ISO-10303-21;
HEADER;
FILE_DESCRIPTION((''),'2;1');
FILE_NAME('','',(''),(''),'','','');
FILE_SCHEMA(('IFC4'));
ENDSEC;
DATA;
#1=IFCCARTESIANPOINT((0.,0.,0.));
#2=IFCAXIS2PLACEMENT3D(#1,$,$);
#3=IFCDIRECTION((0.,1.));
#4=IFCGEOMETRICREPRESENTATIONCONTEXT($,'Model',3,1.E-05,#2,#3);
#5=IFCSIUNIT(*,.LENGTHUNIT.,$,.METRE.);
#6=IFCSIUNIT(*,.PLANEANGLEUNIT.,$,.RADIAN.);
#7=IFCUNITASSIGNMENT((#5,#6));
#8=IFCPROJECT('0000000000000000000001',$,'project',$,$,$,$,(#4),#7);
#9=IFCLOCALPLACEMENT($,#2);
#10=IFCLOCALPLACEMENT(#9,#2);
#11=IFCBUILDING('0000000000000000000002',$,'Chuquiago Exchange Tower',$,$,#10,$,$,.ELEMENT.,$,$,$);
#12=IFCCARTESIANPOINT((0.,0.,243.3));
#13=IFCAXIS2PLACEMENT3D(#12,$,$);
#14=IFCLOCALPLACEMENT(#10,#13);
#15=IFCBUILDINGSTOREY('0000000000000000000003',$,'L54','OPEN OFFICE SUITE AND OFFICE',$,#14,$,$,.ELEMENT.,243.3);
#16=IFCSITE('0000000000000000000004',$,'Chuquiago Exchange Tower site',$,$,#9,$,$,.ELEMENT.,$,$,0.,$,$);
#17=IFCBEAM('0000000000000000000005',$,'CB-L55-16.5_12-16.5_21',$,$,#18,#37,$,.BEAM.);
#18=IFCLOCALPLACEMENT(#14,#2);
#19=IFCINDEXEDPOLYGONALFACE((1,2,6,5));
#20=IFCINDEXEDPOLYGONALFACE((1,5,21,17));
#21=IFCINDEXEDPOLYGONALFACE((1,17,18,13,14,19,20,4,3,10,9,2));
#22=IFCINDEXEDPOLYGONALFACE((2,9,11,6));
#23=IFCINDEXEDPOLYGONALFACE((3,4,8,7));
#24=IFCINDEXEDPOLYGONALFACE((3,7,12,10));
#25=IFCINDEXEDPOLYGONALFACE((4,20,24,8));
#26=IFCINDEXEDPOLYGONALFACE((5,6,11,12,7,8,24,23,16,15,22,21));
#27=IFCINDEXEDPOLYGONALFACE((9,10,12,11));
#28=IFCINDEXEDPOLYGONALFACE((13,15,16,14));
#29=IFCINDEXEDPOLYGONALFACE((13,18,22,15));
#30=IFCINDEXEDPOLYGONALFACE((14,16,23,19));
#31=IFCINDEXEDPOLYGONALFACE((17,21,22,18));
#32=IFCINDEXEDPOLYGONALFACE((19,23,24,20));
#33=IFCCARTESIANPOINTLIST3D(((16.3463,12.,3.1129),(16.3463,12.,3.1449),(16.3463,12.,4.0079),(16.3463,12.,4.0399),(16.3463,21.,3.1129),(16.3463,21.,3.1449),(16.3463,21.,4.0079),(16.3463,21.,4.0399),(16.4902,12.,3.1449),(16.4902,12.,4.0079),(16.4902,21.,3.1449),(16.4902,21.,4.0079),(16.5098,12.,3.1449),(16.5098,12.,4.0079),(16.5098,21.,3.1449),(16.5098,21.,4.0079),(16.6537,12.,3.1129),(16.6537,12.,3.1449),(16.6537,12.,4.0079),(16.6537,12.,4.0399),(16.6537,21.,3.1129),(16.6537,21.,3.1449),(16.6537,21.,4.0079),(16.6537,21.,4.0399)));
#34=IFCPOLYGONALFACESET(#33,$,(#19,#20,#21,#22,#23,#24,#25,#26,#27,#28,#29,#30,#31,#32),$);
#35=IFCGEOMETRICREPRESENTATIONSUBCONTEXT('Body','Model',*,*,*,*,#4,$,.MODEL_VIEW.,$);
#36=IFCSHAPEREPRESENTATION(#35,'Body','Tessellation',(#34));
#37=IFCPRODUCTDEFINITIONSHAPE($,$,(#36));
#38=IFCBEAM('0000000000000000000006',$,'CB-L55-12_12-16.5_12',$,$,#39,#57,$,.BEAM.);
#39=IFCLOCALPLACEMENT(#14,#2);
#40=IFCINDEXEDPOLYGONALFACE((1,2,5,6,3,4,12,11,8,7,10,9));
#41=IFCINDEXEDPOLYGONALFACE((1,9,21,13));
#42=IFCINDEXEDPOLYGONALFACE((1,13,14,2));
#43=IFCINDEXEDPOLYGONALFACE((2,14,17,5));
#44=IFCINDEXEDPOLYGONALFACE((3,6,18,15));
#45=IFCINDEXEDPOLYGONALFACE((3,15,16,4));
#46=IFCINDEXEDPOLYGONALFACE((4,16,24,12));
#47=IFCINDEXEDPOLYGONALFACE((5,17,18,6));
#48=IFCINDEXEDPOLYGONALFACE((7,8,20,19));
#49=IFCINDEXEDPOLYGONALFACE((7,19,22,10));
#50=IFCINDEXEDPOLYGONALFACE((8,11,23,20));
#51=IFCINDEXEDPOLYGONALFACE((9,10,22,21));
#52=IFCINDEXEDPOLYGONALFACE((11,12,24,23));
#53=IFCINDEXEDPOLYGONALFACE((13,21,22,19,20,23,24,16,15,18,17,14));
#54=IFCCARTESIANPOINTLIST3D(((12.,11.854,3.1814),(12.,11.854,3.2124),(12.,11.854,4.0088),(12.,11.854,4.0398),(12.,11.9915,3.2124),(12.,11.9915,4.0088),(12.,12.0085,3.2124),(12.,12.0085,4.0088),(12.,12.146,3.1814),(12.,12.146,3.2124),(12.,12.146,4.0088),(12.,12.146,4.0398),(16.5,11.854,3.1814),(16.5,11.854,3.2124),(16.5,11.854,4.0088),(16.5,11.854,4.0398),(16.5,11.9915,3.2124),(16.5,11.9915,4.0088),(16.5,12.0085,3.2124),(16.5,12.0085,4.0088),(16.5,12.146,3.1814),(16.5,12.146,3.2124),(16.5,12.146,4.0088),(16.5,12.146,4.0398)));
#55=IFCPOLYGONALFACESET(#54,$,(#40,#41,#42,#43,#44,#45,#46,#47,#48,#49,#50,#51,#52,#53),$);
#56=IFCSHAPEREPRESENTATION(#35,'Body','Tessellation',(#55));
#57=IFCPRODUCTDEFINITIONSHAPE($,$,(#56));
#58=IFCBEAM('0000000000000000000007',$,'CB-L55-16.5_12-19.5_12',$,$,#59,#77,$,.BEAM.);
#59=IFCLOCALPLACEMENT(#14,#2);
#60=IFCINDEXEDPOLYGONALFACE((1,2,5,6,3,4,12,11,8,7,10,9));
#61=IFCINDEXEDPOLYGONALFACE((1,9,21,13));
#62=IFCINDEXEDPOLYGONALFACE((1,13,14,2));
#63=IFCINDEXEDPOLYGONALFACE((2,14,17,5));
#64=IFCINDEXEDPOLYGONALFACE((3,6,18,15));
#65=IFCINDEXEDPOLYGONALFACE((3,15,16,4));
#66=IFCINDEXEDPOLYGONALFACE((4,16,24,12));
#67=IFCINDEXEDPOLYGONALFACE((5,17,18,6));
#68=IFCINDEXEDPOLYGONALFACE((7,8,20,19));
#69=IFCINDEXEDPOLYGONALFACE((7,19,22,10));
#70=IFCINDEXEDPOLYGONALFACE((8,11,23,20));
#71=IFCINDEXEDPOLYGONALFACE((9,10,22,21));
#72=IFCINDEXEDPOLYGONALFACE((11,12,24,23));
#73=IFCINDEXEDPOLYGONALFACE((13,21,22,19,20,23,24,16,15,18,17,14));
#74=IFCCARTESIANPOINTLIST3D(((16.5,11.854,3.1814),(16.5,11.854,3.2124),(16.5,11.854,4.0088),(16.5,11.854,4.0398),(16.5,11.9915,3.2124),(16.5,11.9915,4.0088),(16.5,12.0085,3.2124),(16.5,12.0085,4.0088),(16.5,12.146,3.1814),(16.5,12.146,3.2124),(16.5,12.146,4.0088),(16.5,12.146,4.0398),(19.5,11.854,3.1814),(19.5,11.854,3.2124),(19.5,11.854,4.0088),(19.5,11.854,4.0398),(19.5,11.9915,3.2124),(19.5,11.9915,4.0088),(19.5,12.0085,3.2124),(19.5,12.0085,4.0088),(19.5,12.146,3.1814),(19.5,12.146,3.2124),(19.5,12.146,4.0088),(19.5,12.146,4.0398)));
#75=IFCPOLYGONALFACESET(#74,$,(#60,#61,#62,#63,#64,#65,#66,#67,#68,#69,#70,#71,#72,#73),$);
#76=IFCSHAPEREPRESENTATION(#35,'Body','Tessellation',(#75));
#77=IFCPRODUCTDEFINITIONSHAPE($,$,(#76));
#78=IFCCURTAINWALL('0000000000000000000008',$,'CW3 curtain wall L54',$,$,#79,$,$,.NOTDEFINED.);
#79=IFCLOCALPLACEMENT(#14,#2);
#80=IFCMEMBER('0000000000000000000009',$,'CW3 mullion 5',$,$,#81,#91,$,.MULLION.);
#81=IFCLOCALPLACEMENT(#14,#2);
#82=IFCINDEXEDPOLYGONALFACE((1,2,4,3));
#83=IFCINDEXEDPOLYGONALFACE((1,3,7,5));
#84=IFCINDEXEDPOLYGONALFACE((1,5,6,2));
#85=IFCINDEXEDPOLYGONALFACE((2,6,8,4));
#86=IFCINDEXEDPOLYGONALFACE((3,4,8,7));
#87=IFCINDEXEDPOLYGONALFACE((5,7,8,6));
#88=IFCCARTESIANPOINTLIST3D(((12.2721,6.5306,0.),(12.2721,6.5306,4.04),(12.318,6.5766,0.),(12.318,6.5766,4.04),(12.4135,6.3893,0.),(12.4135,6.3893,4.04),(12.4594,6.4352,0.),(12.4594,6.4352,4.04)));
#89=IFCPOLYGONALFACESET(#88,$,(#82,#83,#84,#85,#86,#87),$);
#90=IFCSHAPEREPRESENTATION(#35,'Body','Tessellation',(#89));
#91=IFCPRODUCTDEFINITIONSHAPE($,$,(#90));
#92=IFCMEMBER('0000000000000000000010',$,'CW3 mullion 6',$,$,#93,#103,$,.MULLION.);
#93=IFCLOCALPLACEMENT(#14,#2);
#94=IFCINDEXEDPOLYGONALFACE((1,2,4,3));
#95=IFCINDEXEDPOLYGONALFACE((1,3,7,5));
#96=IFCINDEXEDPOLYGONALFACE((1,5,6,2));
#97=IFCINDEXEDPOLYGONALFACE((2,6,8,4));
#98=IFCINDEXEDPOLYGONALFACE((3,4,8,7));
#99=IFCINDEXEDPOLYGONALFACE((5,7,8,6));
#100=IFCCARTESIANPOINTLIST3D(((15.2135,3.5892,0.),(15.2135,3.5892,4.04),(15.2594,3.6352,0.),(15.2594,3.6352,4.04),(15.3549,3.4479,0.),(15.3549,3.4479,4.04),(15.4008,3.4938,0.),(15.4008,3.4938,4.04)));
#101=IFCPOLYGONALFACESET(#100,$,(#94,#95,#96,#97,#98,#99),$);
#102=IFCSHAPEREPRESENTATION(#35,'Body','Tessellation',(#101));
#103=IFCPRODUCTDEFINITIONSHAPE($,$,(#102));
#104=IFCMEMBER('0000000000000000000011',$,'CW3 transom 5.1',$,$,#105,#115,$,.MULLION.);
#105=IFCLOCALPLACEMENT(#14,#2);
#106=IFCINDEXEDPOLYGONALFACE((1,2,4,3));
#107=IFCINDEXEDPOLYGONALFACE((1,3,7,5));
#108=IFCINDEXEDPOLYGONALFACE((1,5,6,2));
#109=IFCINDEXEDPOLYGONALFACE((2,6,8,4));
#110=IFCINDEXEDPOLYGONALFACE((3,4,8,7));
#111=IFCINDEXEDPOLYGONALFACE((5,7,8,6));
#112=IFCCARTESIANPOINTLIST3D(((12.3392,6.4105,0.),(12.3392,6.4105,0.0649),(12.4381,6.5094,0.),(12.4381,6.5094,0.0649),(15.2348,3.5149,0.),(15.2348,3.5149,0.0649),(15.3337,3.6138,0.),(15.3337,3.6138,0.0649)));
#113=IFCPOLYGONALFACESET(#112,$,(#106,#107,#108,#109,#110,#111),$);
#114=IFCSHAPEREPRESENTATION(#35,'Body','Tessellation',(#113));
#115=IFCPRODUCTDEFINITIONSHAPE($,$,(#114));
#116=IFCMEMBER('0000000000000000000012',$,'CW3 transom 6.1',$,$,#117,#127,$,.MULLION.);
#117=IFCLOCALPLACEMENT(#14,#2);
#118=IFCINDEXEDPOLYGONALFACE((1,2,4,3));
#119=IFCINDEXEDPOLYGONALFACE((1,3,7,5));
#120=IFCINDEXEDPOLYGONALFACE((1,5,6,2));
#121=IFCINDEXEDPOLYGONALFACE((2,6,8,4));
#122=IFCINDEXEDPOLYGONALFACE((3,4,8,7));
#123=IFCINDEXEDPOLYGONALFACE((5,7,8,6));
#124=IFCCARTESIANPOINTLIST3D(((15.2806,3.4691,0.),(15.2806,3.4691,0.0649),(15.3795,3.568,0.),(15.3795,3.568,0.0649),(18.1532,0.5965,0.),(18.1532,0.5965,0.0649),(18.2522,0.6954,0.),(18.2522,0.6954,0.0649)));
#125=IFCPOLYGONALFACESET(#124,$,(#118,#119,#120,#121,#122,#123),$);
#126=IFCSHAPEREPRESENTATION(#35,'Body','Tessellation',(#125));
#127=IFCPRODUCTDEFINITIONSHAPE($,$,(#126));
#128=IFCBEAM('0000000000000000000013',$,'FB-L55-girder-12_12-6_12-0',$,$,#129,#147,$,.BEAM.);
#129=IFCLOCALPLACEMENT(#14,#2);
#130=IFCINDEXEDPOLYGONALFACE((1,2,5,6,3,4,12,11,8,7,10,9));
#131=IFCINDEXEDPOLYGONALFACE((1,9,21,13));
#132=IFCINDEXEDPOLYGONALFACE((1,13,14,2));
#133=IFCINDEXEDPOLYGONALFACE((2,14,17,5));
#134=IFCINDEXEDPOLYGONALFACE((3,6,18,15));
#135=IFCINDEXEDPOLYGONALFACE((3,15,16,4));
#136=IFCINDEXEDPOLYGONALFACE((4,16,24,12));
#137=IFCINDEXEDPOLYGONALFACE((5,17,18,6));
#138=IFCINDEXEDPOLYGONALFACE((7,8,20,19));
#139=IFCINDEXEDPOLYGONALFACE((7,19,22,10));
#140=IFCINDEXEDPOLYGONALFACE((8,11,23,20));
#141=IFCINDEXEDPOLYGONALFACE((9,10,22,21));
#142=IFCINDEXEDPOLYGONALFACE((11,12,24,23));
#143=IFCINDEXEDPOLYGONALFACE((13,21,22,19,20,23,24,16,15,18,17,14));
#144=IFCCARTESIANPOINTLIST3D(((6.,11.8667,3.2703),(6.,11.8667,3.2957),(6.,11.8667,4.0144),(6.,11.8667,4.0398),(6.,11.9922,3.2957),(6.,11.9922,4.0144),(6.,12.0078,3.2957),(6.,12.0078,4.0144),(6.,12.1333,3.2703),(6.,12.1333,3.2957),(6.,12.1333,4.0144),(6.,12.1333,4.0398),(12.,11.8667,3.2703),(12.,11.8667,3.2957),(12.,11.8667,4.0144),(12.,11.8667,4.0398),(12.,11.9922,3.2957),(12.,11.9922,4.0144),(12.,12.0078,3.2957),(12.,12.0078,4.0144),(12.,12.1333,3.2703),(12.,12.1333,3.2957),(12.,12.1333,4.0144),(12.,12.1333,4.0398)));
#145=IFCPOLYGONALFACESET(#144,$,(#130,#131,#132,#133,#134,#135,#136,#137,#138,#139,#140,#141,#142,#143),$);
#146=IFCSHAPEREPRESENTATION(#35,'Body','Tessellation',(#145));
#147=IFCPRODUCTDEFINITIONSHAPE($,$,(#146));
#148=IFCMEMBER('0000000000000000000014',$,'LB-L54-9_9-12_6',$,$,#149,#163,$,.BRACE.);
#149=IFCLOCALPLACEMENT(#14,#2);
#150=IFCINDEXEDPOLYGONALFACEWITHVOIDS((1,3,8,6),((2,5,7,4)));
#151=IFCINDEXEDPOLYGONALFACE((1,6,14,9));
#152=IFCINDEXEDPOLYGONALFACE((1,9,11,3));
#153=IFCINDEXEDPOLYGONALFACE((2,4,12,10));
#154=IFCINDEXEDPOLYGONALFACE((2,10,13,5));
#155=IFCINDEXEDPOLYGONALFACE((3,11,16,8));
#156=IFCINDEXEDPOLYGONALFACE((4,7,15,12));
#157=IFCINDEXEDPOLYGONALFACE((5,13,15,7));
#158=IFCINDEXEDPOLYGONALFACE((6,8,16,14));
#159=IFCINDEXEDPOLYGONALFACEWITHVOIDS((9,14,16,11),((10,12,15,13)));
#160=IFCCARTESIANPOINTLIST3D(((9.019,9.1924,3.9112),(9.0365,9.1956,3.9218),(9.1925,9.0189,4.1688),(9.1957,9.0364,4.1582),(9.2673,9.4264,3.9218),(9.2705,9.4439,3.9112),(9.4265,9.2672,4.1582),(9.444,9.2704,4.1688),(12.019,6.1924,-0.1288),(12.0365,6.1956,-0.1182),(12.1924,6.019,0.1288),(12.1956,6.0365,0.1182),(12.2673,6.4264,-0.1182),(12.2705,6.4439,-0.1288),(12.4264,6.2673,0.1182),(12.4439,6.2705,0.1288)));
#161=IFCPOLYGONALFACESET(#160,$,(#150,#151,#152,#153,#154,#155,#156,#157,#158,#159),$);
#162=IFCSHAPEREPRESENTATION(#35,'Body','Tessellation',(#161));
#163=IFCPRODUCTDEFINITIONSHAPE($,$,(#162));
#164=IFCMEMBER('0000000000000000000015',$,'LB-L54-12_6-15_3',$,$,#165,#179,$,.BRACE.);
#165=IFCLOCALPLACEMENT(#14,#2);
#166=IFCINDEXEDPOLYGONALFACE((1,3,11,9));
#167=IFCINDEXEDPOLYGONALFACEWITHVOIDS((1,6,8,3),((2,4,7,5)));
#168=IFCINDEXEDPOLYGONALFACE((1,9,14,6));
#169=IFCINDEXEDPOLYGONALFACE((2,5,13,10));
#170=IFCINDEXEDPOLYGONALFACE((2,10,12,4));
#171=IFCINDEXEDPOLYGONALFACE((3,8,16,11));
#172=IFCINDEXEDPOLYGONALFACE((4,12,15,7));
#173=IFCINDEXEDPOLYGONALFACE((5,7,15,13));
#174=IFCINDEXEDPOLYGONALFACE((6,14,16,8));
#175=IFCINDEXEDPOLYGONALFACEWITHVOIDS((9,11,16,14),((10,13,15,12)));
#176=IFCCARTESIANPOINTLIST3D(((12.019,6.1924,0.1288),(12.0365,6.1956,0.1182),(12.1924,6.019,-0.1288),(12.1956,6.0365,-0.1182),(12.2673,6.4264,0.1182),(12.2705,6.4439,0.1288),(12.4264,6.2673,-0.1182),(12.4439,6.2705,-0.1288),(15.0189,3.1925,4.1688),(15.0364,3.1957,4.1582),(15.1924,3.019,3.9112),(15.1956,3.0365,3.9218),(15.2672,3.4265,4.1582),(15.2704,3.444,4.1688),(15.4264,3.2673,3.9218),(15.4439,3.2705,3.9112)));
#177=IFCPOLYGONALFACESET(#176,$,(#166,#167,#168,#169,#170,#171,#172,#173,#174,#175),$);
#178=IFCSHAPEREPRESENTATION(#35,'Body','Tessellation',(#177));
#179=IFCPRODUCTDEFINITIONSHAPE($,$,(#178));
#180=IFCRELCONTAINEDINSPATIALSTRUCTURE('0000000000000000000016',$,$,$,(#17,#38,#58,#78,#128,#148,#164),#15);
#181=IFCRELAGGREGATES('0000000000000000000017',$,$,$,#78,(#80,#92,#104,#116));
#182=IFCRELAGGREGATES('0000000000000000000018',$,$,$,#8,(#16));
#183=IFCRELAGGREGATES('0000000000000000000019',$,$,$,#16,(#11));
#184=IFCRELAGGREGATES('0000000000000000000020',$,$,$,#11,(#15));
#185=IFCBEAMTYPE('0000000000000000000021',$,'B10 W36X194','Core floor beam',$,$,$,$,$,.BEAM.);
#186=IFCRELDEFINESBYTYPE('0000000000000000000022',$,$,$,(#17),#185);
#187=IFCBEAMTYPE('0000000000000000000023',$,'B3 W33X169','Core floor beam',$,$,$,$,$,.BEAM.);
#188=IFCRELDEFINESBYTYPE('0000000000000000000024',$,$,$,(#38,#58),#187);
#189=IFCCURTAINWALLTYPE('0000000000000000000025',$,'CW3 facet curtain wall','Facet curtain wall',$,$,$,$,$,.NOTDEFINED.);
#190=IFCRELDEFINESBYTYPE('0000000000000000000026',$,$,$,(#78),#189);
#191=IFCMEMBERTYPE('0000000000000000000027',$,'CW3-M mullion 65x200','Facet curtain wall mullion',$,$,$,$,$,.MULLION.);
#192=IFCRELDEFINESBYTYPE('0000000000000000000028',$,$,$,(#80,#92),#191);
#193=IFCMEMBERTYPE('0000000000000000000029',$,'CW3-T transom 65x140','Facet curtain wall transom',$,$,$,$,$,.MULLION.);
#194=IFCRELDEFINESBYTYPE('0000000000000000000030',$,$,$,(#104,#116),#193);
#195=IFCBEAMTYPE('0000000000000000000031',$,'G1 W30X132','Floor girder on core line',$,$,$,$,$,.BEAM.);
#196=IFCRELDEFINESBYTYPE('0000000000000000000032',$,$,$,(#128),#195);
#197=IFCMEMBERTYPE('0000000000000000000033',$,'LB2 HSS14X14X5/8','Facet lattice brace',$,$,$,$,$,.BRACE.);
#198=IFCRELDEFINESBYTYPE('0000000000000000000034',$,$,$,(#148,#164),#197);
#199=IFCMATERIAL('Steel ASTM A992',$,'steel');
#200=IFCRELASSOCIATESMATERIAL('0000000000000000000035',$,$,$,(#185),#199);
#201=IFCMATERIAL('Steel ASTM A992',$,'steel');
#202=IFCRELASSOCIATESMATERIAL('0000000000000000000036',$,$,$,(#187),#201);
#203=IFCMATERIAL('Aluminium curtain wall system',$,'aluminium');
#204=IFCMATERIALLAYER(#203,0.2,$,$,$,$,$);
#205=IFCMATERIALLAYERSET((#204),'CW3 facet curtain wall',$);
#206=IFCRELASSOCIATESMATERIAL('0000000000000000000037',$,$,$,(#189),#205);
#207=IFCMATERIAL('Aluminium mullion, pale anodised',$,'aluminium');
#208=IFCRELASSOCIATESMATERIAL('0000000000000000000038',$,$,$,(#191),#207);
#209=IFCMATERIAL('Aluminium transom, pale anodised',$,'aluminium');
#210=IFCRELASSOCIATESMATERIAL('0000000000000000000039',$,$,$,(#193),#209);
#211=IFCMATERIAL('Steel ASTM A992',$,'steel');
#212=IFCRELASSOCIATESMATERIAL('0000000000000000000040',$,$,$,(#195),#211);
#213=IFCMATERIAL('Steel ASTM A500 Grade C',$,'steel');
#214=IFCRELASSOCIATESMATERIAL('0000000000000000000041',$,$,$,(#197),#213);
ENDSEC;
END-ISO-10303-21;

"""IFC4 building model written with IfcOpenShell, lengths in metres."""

from ifc_helpers import new_model, si_unit, direction, frame, origin, origin_2d, place, context, subcontext, project, spatial, rectangle, hollow_rectangle, i_section, extrude, material, layer, layer_set, material_profile, profile_set, type_object, element, aggregate, save


model = new_model("IFC4")

# Units and contexts
model_context = context("Model", 3, precision=1e-05, world=origin(), true_north=direction((0.0, 1.0)))
body_context = subcontext(model_context, "Body", "Model", "MODEL_VIEW")
ifc_project = project(units=[si_unit("LENGTHUNIT", "METRE"), si_unit("PLANEANGLEUNIT", "RADIAN")], contexts=[model_context])

# Site, building, storey
site_placement = place(None, origin())
site = spatial("IfcSite", under=ifc_project, at=site_placement, Name="Chuquiago Exchange Tower site", CompositionType="ELEMENT", RefElevation=0.0)
building_placement = place(site_placement, origin())
building = spatial("IfcBuilding", under=site, at=building_placement, Name="Chuquiago Exchange Tower", CompositionType="ELEMENT")
storey_placement = place(building_placement, frame((0.0, 0.0, 243.3)))
storey = spatial("IfcBuildingStorey", under=building, at=storey_placement, Name="L54", Description="OPEN OFFICE SUITE AND OFFICE", CompositionType="ELEMENT", Elevation=243.3)

# Beams
ifc_material_1 = material(Name="Steel ASTM A992", Category="steel")
ifc_material_profile_1 = material_profile(ifc_material_1, i_section(OverallWidth=0.3074, OverallDepth=0.927, WebThickness=0.0195, FlangeThickness=0.032, at=origin_2d()), Name="W36X194")
ifc_profile_set_1 = profile_set([ifc_material_profile_1], Name="Steel ASTM A992")
beam_type_1 = type_object("IfcBeamType", Name="B10 W36X194", Description="Core floor beam", PredefinedType="BEAM", material=ifc_profile_set_1)
for number, where, z_axis, x_axis, name in (
    (1, (16.5, 12.0, 3.5764), (0.0, 1.0, 0.0), (-1.0, 0.0, 0.0), "CB-L55-16.5_12-16.5_21"),
):
    element("IfcBeam", number, at=place(storey_placement, frame(where, z_axis=z_axis, x_axis=x_axis)), inside=storey, type_object=beam_type_1, Name=name, PredefinedType="BEAM", context=body_context, shape_type="SweptSolid", body=[
        extrude(i_section(OverallWidth=0.3074, OverallDepth=0.927, WebThickness=0.0195, FlangeThickness=0.032, at=origin_2d()), origin(), (0.0, 0.0, 1.0), 9.0),
    ])
ifc_material_2 = material(Name="Steel ASTM A992", Category="steel")
ifc_material_profile_2 = material_profile(ifc_material_2, i_section(OverallWidth=0.292, OverallDepth=0.8584, WebThickness=0.0171, FlangeThickness=0.031, at=origin_2d()), Name="W33X169")
ifc_profile_set_2 = profile_set([ifc_material_profile_2], Name="Steel ASTM A992")
beam_type_2 = type_object("IfcBeamType", Name="B3 W33X169", Description="Core floor beam", PredefinedType="BEAM", material=ifc_profile_set_2)
beam_1_placement = place(storey_placement, frame((12.0, 12.0, 3.6106), z_axis=(1.0, 0.0, 0.0), x_axis=(0.0, 1.0, 0.0)))
element("IfcBeam", 2, at=beam_1_placement, inside=storey, type_object=beam_type_2, Name="CB-L55-12_12-16.5_12", PredefinedType="BEAM", context=body_context, shape_type="SweptSolid", body=[
    extrude(i_section(OverallWidth=0.292, OverallDepth=0.8584, WebThickness=0.0171, FlangeThickness=0.031, at=origin_2d()), origin(), (0.0, 0.0, 1.0), 4.5),
])
beam_2_placement = place(storey_placement, frame((16.5, 12.0, 3.6106), z_axis=(1.0, 0.0, 0.0), x_axis=(0.0, 1.0, 0.0)))
element("IfcBeam", 3, at=beam_2_placement, inside=storey, type_object=beam_type_2, Name="CB-L55-16.5_12-19.5_12", PredefinedType="BEAM", context=body_context, shape_type="SweptSolid", body=[
    extrude(i_section(OverallWidth=0.292, OverallDepth=0.8584, WebThickness=0.0171, FlangeThickness=0.031, at=origin_2d()), origin(), (0.0, 0.0, 1.0), 3.0),
])

# Curtain wall, members
ifc_material_3 = material(Name="Aluminium curtain wall system", Category="aluminium")
ifc_layer_1 = layer(ifc_material_3, 0.2)
ifc_layer_set_1 = layer_set([ifc_layer_1], Name="CW3 facet curtain wall")
curtain_wall_type = type_object("IfcCurtainWallType", Name="CW3 facet curtain wall", Description="Facet curtain wall", PredefinedType="NOTDEFINED", material=ifc_layer_set_1)
curtain_wall_placement = place(storey_placement, origin())
curtain_wall = element("IfcCurtainWall", 4, at=curtain_wall_placement, inside=storey, type_object=curtain_wall_type, Name="CW3 curtain wall L54", PredefinedType="NOTDEFINED")
ifc_material_4 = material(Name="Aluminium mullion, pale anodised", Category="aluminium")
ifc_material_profile_3 = material_profile(ifc_material_4, rectangle(XDim=0.0649, YDim=0.2, at=origin_2d()), Name="AL 65x200")
ifc_profile_set_3 = profile_set([ifc_material_profile_3], Name="Aluminium mullion, pale anodised")
member_type_1 = type_object("IfcMemberType", Name="CW3-M mullion 65x200", Description="Facet curtain wall mullion", PredefinedType="MULLION", material=ifc_profile_set_3)
member_1_placement = place(storey_placement, frame((12.3657, 6.4829, 0.0), z_axis=(0.0, 0.0, 1.0), x_axis=(0.707107, 0.707107, 0.0)))
member_1 = element("IfcMember", 5, at=member_1_placement, type_object=member_type_1, Name="CW3 mullion 5", PredefinedType="MULLION", context=body_context, shape_type="SweptSolid", body=[
    extrude(rectangle(XDim=0.0649, YDim=0.2, at=origin_2d()), origin(), (0.0, 0.0, 1.0), 4.04),
])
member_2_placement = place(storey_placement, frame((15.3071, 3.5415, 0.0), z_axis=(0.0, 0.0, 1.0), x_axis=(0.707107, 0.707107, 0.0)))
member_2 = element("IfcMember", 6, at=member_2_placement, type_object=member_type_1, Name="CW3 mullion 6", PredefinedType="MULLION", context=body_context, shape_type="SweptSolid", body=[
    extrude(rectangle(XDim=0.0649, YDim=0.2, at=origin_2d()), origin(), (0.0, 0.0, 1.0), 4.04),
])
ifc_material_5 = material(Name="Aluminium transom, pale anodised", Category="aluminium")
ifc_material_profile_4 = material_profile(ifc_material_5, rectangle(XDim=0.1399, YDim=0.0649, at=origin_2d()), Name="AL 140x65")
ifc_profile_set_4 = profile_set([ifc_material_profile_4], Name="Aluminium transom, pale anodised")
member_type_2 = type_object("IfcMemberType", Name="CW3-T transom 65x140", Description="Facet curtain wall transom", PredefinedType="MULLION", material=ifc_profile_set_4)
member_3_placement = place(storey_placement, frame((12.3887, 6.46, 0.0325), z_axis=(0.707107, -0.707107, 0.0), x_axis=(0.707107, 0.707107, 0.0)))
member_3 = element("IfcMember", 7, at=member_3_placement, type_object=member_type_2, Name="CW3 transom 5.1", PredefinedType="MULLION", context=body_context, shape_type="SweptSolid", body=[
    extrude(rectangle(XDim=0.1399, YDim=0.0649, at=origin_2d()), origin(), (0.0, 0.0, 1.0), 4.095),
])
member_4_placement = place(storey_placement, frame((15.3301, 3.5186, 0.0325), z_axis=(0.707107, -0.707107, 0.0), x_axis=(0.707107, 0.707107, 0.0)))
member_4 = element("IfcMember", 8, at=member_4_placement, type_object=member_type_2, Name="CW3 transom 6.1", PredefinedType="MULLION", context=body_context, shape_type="SweptSolid", body=[
    extrude(rectangle(XDim=0.1399, YDim=0.0649, at=origin_2d()), origin(), (0.0, 0.0, 1.0), 4.0625),
])

# Beam
ifc_material_6 = material(Name="Steel ASTM A992", Category="steel")
ifc_material_profile_5 = material_profile(ifc_material_6, i_section(OverallWidth=0.2666, OverallDepth=0.7695, WebThickness=0.0156, FlangeThickness=0.0254, at=origin_2d()), Name="W30X132")
ifc_profile_set_5 = profile_set([ifc_material_profile_5], Name="Steel ASTM A992")
beam_type_3 = type_object("IfcBeamType", Name="G1 W30X132", Description="Floor girder on core line", PredefinedType="BEAM", material=ifc_profile_set_5)
beam_3_placement = place(storey_placement, frame((12.0, 12.0, 3.655), z_axis=(-1.0, 0.0, 0.0), x_axis=(0.0, -1.0, 0.0)))
element("IfcBeam", 9, at=beam_3_placement, inside=storey, type_object=beam_type_3, Name="FB-L55-girder-12_12-6_12-0", PredefinedType="BEAM", context=body_context, shape_type="SweptSolid", body=[
    extrude(i_section(OverallWidth=0.2666, OverallDepth=0.7695, WebThickness=0.0156, FlangeThickness=0.0254, at=origin_2d()), origin(), (0.0, 0.0, 1.0), 6.0),
])

# Members
ifc_material_7 = material(Name="Steel ASTM A500 Grade C", Category="steel")
ifc_material_profile_6 = material_profile(ifc_material_7, hollow_rectangle(XDim=0.3557, YDim=0.3557, WallThickness=0.0146, at=origin_2d()), Name="HSS14X14X5/8")
ifc_profile_set_6 = profile_set([ifc_material_profile_6], Name="Steel ASTM A500 Grade C")
member_type_3 = type_object("IfcMemberType", Name="LB2 HSS14X14X5/8", Description="Facet lattice brace", PredefinedType="BRACE", material=ifc_profile_set_6)
for number, where, z_axis, x_axis, name in (
    (10, (12.2314, 6.2314, 0.0), (-0.512077, 0.512077, 0.689604), (-0.707107, -0.707107, 0.0), "LB-L54-9_9-12_6"),
    (11, (12.2314, 6.2314, 0.0), (0.512077, -0.512077, 0.689604), (0.707107, 0.707107, 0.0), "LB-L54-12_6-15_3"),
):
    element("IfcMember", number, at=place(storey_placement, frame(where, z_axis=z_axis, x_axis=x_axis)), inside=storey, type_object=member_type_3, Name=name, PredefinedType="BRACE", context=body_context, shape_type="SweptSolid", body=[
        extrude(hollow_rectangle(XDim=0.3557, YDim=0.3557, WallThickness=0.0146, at=origin_2d()), origin(), (0.0, 0.0, 1.0), 5.8584),
    ])

aggregate(curtain_wall, [member_1, member_2, member_3, member_4])

save(model, "model.ifc")
